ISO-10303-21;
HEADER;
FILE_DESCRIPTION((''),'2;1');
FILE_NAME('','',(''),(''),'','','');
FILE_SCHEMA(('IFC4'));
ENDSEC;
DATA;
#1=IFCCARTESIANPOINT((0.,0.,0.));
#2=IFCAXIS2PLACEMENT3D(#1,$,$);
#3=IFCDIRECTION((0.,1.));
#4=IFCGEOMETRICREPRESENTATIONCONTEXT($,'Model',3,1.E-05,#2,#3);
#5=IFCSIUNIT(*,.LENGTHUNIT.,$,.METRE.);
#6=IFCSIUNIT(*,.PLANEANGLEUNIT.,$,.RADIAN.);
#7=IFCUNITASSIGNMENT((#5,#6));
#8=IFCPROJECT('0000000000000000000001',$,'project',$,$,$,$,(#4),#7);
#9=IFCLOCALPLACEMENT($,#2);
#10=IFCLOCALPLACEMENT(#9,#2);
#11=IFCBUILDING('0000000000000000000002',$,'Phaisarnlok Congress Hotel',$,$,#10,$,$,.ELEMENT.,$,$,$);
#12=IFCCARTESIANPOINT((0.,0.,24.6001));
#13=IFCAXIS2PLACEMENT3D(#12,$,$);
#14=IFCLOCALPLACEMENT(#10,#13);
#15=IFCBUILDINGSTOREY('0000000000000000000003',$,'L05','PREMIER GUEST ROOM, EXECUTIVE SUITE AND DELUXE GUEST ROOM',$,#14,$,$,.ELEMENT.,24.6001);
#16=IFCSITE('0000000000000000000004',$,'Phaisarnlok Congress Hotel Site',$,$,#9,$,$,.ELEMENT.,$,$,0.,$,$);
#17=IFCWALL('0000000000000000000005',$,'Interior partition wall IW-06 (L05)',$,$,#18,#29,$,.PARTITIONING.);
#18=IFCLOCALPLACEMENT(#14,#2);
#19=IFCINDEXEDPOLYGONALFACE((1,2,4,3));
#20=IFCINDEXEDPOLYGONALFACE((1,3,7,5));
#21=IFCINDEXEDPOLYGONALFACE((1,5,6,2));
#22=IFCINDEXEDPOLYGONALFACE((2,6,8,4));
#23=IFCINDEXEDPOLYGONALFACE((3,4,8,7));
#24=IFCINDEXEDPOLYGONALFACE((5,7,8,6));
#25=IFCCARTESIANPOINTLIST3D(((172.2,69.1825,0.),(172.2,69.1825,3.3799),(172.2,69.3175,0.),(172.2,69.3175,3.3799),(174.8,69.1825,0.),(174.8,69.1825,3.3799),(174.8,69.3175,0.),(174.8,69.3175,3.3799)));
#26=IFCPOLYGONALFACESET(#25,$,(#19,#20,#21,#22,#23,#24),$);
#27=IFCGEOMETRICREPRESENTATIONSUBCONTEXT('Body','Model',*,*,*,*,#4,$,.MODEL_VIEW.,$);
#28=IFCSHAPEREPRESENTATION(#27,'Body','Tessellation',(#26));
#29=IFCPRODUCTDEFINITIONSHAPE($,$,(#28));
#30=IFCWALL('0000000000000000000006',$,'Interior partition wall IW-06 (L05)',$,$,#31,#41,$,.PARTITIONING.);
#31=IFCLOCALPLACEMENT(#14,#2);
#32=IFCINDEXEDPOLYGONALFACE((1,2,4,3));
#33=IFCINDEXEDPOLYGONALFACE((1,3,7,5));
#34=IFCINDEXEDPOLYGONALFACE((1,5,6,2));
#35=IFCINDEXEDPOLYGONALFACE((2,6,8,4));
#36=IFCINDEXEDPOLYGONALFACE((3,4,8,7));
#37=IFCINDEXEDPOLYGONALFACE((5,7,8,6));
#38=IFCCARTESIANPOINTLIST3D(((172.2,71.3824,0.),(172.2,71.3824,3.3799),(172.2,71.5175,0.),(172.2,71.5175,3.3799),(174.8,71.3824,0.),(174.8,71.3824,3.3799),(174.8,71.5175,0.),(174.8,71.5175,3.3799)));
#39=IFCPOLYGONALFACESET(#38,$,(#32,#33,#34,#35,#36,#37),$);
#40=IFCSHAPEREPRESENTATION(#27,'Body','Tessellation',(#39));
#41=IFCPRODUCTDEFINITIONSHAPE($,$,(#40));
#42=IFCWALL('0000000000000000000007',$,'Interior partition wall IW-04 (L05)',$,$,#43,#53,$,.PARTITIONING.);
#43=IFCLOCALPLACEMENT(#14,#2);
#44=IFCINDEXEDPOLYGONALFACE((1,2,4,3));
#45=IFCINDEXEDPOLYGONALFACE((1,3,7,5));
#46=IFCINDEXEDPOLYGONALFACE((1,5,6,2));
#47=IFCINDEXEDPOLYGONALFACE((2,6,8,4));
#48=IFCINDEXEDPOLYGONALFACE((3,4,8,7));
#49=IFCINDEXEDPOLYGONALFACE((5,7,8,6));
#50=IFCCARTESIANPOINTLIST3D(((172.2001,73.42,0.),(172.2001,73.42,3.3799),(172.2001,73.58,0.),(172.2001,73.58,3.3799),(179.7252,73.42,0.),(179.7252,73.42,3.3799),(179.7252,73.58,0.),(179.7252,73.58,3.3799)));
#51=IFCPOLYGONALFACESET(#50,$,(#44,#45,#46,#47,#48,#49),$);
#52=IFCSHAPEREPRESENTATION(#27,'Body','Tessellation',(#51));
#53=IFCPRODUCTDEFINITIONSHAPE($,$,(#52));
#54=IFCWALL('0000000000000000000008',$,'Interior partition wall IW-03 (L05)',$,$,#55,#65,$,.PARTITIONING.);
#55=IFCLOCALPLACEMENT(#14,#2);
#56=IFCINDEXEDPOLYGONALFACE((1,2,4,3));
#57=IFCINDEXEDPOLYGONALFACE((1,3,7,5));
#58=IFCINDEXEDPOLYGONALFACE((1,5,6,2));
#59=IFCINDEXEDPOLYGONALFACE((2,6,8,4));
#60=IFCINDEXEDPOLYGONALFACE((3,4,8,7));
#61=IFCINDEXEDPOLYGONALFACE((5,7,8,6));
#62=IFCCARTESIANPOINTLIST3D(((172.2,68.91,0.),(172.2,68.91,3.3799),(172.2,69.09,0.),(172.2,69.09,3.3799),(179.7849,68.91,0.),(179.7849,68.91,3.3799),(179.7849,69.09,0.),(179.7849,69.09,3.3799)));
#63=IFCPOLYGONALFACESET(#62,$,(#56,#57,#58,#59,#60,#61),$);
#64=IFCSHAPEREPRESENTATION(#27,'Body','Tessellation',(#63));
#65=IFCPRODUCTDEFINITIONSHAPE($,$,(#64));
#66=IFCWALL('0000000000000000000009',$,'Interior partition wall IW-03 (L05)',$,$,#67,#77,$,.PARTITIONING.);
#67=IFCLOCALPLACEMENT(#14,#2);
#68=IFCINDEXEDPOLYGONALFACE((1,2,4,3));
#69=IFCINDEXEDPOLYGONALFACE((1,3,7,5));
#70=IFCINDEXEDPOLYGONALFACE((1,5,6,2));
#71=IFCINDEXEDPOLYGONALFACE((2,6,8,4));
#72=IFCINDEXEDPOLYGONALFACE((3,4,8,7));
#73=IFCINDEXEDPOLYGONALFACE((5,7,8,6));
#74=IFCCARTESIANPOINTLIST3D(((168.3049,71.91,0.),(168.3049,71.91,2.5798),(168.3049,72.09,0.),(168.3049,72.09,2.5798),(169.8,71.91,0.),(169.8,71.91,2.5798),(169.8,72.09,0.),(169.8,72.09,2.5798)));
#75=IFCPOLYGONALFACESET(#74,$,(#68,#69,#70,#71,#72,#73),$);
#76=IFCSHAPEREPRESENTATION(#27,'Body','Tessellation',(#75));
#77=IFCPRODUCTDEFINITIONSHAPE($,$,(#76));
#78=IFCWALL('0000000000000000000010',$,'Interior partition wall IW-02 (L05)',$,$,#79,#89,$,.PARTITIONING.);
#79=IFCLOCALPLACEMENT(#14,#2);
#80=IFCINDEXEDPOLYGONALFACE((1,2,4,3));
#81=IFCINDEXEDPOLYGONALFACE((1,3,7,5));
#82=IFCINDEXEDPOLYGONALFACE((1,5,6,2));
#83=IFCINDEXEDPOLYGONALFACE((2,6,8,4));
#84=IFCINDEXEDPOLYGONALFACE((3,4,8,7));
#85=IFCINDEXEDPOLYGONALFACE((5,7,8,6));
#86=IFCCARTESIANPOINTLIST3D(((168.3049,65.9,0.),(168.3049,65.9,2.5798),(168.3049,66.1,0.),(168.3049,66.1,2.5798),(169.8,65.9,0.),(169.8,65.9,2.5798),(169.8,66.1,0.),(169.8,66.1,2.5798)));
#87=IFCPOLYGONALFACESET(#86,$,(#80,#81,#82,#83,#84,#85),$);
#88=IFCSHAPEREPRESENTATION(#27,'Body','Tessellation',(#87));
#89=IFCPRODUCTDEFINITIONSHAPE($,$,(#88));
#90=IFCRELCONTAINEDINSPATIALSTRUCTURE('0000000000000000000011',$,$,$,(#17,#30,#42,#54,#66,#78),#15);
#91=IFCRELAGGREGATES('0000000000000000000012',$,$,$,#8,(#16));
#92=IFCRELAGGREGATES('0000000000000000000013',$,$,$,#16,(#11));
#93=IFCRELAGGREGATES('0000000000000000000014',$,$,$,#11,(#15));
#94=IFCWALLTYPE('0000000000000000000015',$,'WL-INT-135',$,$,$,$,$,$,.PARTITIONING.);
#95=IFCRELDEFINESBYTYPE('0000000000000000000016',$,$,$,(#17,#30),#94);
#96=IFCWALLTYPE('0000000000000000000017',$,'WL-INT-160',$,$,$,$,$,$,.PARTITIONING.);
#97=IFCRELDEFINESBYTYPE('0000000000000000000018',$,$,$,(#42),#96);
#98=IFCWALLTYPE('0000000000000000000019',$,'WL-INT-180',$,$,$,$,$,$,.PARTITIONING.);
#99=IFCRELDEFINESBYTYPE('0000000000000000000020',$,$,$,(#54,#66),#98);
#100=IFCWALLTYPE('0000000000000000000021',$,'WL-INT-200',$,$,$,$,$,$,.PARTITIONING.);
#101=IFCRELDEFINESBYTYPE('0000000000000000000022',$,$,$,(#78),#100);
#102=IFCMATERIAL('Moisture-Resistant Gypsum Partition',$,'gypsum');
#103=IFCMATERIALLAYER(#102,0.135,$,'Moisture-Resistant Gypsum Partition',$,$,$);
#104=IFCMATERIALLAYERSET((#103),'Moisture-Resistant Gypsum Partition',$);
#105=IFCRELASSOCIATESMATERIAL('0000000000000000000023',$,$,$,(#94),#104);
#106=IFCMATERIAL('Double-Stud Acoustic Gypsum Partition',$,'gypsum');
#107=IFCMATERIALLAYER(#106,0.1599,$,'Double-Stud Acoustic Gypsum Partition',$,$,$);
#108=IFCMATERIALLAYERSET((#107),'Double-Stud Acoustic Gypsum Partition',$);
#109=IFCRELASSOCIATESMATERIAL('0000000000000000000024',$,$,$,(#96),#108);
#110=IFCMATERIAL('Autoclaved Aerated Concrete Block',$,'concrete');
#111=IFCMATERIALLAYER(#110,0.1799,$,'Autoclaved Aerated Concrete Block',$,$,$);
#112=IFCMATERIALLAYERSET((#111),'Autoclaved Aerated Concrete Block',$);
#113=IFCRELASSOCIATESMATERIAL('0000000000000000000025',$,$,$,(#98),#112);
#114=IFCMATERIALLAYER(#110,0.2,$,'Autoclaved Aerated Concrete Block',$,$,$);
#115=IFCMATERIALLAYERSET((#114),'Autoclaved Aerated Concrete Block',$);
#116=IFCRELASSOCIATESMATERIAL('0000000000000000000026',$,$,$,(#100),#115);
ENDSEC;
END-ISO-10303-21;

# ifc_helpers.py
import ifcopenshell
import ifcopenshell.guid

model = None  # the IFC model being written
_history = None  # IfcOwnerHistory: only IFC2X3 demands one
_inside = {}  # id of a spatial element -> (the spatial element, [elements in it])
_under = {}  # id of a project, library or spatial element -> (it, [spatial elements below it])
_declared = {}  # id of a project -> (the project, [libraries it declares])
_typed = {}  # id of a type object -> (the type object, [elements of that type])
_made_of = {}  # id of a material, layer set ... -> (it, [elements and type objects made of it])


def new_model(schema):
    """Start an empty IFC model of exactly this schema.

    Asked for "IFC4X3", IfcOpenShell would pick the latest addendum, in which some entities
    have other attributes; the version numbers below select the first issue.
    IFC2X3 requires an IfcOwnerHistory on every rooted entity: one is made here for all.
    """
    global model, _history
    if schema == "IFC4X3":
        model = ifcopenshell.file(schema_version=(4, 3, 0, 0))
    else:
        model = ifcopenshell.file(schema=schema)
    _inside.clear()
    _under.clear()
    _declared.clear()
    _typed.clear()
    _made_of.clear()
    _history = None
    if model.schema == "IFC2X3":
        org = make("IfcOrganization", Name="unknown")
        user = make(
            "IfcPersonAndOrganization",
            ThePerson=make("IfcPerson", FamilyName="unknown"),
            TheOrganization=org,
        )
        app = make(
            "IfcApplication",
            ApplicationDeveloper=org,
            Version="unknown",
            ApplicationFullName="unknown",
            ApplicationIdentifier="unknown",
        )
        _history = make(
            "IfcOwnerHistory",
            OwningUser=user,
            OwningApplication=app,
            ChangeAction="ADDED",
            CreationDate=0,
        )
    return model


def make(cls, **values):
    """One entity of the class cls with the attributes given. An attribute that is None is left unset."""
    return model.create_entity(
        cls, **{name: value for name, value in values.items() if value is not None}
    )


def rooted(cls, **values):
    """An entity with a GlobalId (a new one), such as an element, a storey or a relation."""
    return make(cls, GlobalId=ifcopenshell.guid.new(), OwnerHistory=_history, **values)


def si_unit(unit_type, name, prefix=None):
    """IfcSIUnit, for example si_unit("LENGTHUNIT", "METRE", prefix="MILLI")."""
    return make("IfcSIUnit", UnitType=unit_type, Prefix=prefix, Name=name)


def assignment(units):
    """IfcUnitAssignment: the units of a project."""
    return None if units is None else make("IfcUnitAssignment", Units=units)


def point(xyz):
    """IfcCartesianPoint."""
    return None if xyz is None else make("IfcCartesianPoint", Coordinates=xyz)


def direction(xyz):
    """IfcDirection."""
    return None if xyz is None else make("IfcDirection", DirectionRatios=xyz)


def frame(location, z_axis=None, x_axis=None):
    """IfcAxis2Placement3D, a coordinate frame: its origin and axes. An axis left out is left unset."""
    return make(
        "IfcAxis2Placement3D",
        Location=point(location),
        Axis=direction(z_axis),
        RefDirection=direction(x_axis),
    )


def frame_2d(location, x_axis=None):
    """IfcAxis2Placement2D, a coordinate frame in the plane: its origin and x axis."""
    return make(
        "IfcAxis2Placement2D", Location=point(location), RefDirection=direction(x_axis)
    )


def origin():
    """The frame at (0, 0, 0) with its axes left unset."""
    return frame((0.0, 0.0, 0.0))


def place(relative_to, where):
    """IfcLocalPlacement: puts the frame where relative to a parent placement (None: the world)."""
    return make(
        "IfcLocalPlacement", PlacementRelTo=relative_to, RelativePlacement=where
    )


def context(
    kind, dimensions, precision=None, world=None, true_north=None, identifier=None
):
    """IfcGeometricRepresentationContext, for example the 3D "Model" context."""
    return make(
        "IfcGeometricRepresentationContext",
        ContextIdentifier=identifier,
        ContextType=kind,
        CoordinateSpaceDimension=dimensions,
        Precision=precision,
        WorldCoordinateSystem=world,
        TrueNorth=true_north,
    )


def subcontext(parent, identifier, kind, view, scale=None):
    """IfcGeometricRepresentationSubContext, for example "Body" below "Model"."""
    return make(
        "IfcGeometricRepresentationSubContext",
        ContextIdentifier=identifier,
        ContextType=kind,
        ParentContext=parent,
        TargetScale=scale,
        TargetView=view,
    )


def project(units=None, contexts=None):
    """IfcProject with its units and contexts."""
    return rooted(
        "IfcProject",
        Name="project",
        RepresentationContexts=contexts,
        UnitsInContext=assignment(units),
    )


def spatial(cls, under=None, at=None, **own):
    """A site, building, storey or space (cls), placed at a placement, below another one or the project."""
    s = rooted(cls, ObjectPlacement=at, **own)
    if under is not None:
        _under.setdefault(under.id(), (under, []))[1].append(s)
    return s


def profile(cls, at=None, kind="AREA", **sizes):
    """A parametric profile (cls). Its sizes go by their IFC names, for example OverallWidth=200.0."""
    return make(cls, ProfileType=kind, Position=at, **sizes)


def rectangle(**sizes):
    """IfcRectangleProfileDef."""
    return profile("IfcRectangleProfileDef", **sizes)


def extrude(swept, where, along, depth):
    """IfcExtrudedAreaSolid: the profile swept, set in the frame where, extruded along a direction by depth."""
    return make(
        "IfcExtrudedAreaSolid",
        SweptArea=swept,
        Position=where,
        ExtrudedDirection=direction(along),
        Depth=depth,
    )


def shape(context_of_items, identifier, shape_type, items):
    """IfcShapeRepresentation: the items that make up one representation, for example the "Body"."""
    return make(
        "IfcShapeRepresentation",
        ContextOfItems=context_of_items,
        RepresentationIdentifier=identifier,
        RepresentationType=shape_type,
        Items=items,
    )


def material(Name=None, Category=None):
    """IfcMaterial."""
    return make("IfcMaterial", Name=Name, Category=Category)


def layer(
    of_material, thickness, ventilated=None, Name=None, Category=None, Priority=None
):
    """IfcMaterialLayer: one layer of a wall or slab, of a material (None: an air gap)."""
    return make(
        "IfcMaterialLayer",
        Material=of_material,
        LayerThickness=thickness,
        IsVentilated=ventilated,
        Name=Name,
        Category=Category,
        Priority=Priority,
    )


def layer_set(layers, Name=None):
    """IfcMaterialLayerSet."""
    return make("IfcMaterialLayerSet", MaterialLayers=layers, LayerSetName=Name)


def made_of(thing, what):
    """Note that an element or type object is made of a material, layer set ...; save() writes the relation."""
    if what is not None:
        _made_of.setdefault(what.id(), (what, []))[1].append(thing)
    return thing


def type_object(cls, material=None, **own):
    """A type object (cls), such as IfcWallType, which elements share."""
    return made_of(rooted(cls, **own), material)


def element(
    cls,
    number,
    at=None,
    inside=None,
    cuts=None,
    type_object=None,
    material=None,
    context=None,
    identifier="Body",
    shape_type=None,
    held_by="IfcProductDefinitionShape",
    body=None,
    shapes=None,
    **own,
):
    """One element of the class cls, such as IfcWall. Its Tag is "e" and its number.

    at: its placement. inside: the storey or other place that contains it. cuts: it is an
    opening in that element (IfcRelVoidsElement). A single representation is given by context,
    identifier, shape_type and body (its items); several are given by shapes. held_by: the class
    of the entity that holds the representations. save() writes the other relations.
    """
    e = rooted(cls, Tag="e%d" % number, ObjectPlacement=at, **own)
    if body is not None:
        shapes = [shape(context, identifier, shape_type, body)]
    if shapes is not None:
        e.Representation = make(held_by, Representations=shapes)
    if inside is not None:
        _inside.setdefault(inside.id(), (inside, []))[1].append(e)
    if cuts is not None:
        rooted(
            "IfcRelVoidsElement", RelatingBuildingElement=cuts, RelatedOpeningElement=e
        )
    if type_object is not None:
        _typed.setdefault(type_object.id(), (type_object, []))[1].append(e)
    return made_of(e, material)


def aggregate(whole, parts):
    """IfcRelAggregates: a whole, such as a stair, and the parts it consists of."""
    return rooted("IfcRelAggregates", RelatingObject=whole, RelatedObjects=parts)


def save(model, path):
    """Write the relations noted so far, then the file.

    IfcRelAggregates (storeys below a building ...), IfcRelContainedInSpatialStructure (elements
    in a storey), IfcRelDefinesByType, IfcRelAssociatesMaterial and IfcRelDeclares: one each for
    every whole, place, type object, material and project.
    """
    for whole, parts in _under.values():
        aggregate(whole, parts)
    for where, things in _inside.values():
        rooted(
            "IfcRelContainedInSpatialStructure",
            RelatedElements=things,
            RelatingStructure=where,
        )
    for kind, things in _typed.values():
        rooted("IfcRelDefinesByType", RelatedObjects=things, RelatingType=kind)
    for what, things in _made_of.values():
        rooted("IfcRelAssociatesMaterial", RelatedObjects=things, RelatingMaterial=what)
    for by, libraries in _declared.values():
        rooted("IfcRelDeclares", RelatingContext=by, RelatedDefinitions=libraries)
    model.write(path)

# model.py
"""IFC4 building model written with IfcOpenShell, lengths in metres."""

from ifc_helpers import new_model, si_unit, direction, frame, frame_2d, origin, place, context, subcontext, project, spatial, rectangle, extrude, material, layer, layer_set, type_object, element, save


model = new_model("IFC4")

# Units and contexts
model_context = context("Model", 3, precision=1e-05, world=origin(), true_north=direction((0.0, 1.0)))
body_context = subcontext(model_context, "Body", "Model", "MODEL_VIEW")
ifc_project = project(units=[si_unit("LENGTHUNIT", "METRE"), si_unit("PLANEANGLEUNIT", "RADIAN")], contexts=[model_context])

# Site, building, storey
site_placement = place(None, origin())
site = spatial("IfcSite", under=ifc_project, at=site_placement, Name="Phaisarnlok Congress Hotel Site", CompositionType="ELEMENT", RefElevation=0.0)
building_placement = place(site_placement, origin())
building = spatial("IfcBuilding", under=site, at=building_placement, Name="Phaisarnlok Congress Hotel", CompositionType="ELEMENT")
storey_placement = place(building_placement, frame((0.0, 0.0, 24.6001)))
storey = spatial("IfcBuildingStorey", under=building, at=storey_placement, Name="L05", Description="PREMIER GUEST ROOM, EXECUTIVE SUITE AND DELUXE GUEST ROOM", CompositionType="ELEMENT", Elevation=24.6001)

# Shared definitions
ifc_material_1 = material(Name="Moisture-Resistant Gypsum Partition", Category="gypsum")
ifc_layer_1 = layer(ifc_material_1, 0.135, Name="Moisture-Resistant Gypsum Partition")
ifc_layer_set_1 = layer_set([ifc_layer_1], Name="Moisture-Resistant Gypsum Partition")
wall_type_1 = type_object("IfcWallType", Name="WL-INT-135", PredefinedType="PARTITIONING", material=ifc_layer_set_1)

# Walls
for number, where, z_axis, x_axis, name in (
    (1, (172.2, 69.25, 0.0), (0.0, 0.0, 1.0), (1.0, 0.0, 0.0), "Interior partition wall IW-06 (L05)"),
    (2, (172.2, 71.45, 0.0), (0.0, 0.0, 1.0), (1.0, 0.0, 0.0), "Interior partition wall IW-06 (L05)"),
):
    element("IfcWall", number, at=place(storey_placement, frame(where, z_axis=z_axis, x_axis=x_axis)), inside=storey, type_object=wall_type_1, Name=name, PredefinedType="PARTITIONING", context=body_context, shape_type="SweptSolid", body=[
        extrude(rectangle(XDim=2.6001, YDim=0.135, at=frame_2d((1.3, 0.0))), origin(), (0.0, 0.0, 1.0), 3.3799),
    ])
ifc_material_2 = material(Name="Double-Stud Acoustic Gypsum Partition", Category="gypsum")
ifc_layer_2 = layer(ifc_material_2, 0.1599, Name="Double-Stud Acoustic Gypsum Partition")
ifc_layer_set_2 = layer_set([ifc_layer_2], Name="Double-Stud Acoustic Gypsum Partition")
wall_type_2 = type_object("IfcWallType", Name="WL-INT-160", PredefinedType="PARTITIONING", material=ifc_layer_set_2)
wall_1_placement = place(storey_placement, frame((172.2, 73.5, 0.0), z_axis=(0.0, 0.0, 1.0), x_axis=(1.0, 0.0, 0.0)))
element("IfcWall", 3, at=wall_1_placement, inside=storey, type_object=wall_type_2, Name="Interior partition wall IW-04 (L05)", PredefinedType="PARTITIONING", context=body_context, shape_type="SweptSolid", body=[
    extrude(rectangle(XDim=7.5251, YDim=0.1599, at=frame_2d((3.7627, 0.0))), origin(), (0.0, 0.0, 1.0), 3.3799),
])
ifc_material_3 = material(Name="Autoclaved Aerated Concrete Block", Category="concrete")
ifc_layer_3 = layer(ifc_material_3, 0.1799, Name="Autoclaved Aerated Concrete Block")
ifc_layer_set_3 = layer_set([ifc_layer_3], Name="Autoclaved Aerated Concrete Block")
wall_type_3 = type_object("IfcWallType", Name="WL-INT-180", PredefinedType="PARTITIONING", material=ifc_layer_set_3)
wall_2_placement = place(storey_placement, frame((172.2, 69.0, 0.0), z_axis=(0.0, 0.0, 1.0), x_axis=(1.0, 0.0, 0.0)))
element("IfcWall", 4, at=wall_2_placement, inside=storey, type_object=wall_type_3, Name="Interior partition wall IW-03 (L05)", PredefinedType="PARTITIONING", context=body_context, shape_type="SweptSolid", body=[
    extrude(rectangle(XDim=7.585, YDim=0.1799, at=frame_2d((3.7925, 0.0))), origin(), (0.0, 0.0, 1.0), 3.3799),
])
wall_3_placement = place(storey_placement, frame((168.3049, 72.0, 0.0), z_axis=(0.0, 0.0, 1.0), x_axis=(1.0, 0.0, 0.0)))
element("IfcWall", 5, at=wall_3_placement, inside=storey, type_object=wall_type_3, Name="Interior partition wall IW-03 (L05)", PredefinedType="PARTITIONING", context=body_context, shape_type="SweptSolid", body=[
    extrude(rectangle(XDim=1.4951, YDim=0.1799, at=frame_2d((0.7476, 0.0))), origin(), (0.0, 0.0, 1.0), 2.5798),
])
ifc_layer_4 = layer(ifc_material_3, 0.2, Name="Autoclaved Aerated Concrete Block")
ifc_layer_set_4 = layer_set([ifc_layer_4], Name="Autoclaved Aerated Concrete Block")
wall_type_4 = type_object("IfcWallType", Name="WL-INT-200", PredefinedType="PARTITIONING", material=ifc_layer_set_4)
wall_4_placement = place(storey_placement, frame((168.3049, 66.0, 0.0), z_axis=(0.0, 0.0, 1.0), x_axis=(1.0, 0.0, 0.0)))
element("IfcWall", 6, at=wall_4_placement, inside=storey, type_object=wall_type_4, Name="Interior partition wall IW-02 (L05)", PredefinedType="PARTITIONING", context=body_context, shape_type="SweptSolid", body=[
    extrude(rectangle(XDim=1.4951, YDim=0.2, at=frame_2d((0.7476, 0.0))), origin(), (0.0, 0.0, 1.0), 2.5798),
])

save(model, "model.ifc")
